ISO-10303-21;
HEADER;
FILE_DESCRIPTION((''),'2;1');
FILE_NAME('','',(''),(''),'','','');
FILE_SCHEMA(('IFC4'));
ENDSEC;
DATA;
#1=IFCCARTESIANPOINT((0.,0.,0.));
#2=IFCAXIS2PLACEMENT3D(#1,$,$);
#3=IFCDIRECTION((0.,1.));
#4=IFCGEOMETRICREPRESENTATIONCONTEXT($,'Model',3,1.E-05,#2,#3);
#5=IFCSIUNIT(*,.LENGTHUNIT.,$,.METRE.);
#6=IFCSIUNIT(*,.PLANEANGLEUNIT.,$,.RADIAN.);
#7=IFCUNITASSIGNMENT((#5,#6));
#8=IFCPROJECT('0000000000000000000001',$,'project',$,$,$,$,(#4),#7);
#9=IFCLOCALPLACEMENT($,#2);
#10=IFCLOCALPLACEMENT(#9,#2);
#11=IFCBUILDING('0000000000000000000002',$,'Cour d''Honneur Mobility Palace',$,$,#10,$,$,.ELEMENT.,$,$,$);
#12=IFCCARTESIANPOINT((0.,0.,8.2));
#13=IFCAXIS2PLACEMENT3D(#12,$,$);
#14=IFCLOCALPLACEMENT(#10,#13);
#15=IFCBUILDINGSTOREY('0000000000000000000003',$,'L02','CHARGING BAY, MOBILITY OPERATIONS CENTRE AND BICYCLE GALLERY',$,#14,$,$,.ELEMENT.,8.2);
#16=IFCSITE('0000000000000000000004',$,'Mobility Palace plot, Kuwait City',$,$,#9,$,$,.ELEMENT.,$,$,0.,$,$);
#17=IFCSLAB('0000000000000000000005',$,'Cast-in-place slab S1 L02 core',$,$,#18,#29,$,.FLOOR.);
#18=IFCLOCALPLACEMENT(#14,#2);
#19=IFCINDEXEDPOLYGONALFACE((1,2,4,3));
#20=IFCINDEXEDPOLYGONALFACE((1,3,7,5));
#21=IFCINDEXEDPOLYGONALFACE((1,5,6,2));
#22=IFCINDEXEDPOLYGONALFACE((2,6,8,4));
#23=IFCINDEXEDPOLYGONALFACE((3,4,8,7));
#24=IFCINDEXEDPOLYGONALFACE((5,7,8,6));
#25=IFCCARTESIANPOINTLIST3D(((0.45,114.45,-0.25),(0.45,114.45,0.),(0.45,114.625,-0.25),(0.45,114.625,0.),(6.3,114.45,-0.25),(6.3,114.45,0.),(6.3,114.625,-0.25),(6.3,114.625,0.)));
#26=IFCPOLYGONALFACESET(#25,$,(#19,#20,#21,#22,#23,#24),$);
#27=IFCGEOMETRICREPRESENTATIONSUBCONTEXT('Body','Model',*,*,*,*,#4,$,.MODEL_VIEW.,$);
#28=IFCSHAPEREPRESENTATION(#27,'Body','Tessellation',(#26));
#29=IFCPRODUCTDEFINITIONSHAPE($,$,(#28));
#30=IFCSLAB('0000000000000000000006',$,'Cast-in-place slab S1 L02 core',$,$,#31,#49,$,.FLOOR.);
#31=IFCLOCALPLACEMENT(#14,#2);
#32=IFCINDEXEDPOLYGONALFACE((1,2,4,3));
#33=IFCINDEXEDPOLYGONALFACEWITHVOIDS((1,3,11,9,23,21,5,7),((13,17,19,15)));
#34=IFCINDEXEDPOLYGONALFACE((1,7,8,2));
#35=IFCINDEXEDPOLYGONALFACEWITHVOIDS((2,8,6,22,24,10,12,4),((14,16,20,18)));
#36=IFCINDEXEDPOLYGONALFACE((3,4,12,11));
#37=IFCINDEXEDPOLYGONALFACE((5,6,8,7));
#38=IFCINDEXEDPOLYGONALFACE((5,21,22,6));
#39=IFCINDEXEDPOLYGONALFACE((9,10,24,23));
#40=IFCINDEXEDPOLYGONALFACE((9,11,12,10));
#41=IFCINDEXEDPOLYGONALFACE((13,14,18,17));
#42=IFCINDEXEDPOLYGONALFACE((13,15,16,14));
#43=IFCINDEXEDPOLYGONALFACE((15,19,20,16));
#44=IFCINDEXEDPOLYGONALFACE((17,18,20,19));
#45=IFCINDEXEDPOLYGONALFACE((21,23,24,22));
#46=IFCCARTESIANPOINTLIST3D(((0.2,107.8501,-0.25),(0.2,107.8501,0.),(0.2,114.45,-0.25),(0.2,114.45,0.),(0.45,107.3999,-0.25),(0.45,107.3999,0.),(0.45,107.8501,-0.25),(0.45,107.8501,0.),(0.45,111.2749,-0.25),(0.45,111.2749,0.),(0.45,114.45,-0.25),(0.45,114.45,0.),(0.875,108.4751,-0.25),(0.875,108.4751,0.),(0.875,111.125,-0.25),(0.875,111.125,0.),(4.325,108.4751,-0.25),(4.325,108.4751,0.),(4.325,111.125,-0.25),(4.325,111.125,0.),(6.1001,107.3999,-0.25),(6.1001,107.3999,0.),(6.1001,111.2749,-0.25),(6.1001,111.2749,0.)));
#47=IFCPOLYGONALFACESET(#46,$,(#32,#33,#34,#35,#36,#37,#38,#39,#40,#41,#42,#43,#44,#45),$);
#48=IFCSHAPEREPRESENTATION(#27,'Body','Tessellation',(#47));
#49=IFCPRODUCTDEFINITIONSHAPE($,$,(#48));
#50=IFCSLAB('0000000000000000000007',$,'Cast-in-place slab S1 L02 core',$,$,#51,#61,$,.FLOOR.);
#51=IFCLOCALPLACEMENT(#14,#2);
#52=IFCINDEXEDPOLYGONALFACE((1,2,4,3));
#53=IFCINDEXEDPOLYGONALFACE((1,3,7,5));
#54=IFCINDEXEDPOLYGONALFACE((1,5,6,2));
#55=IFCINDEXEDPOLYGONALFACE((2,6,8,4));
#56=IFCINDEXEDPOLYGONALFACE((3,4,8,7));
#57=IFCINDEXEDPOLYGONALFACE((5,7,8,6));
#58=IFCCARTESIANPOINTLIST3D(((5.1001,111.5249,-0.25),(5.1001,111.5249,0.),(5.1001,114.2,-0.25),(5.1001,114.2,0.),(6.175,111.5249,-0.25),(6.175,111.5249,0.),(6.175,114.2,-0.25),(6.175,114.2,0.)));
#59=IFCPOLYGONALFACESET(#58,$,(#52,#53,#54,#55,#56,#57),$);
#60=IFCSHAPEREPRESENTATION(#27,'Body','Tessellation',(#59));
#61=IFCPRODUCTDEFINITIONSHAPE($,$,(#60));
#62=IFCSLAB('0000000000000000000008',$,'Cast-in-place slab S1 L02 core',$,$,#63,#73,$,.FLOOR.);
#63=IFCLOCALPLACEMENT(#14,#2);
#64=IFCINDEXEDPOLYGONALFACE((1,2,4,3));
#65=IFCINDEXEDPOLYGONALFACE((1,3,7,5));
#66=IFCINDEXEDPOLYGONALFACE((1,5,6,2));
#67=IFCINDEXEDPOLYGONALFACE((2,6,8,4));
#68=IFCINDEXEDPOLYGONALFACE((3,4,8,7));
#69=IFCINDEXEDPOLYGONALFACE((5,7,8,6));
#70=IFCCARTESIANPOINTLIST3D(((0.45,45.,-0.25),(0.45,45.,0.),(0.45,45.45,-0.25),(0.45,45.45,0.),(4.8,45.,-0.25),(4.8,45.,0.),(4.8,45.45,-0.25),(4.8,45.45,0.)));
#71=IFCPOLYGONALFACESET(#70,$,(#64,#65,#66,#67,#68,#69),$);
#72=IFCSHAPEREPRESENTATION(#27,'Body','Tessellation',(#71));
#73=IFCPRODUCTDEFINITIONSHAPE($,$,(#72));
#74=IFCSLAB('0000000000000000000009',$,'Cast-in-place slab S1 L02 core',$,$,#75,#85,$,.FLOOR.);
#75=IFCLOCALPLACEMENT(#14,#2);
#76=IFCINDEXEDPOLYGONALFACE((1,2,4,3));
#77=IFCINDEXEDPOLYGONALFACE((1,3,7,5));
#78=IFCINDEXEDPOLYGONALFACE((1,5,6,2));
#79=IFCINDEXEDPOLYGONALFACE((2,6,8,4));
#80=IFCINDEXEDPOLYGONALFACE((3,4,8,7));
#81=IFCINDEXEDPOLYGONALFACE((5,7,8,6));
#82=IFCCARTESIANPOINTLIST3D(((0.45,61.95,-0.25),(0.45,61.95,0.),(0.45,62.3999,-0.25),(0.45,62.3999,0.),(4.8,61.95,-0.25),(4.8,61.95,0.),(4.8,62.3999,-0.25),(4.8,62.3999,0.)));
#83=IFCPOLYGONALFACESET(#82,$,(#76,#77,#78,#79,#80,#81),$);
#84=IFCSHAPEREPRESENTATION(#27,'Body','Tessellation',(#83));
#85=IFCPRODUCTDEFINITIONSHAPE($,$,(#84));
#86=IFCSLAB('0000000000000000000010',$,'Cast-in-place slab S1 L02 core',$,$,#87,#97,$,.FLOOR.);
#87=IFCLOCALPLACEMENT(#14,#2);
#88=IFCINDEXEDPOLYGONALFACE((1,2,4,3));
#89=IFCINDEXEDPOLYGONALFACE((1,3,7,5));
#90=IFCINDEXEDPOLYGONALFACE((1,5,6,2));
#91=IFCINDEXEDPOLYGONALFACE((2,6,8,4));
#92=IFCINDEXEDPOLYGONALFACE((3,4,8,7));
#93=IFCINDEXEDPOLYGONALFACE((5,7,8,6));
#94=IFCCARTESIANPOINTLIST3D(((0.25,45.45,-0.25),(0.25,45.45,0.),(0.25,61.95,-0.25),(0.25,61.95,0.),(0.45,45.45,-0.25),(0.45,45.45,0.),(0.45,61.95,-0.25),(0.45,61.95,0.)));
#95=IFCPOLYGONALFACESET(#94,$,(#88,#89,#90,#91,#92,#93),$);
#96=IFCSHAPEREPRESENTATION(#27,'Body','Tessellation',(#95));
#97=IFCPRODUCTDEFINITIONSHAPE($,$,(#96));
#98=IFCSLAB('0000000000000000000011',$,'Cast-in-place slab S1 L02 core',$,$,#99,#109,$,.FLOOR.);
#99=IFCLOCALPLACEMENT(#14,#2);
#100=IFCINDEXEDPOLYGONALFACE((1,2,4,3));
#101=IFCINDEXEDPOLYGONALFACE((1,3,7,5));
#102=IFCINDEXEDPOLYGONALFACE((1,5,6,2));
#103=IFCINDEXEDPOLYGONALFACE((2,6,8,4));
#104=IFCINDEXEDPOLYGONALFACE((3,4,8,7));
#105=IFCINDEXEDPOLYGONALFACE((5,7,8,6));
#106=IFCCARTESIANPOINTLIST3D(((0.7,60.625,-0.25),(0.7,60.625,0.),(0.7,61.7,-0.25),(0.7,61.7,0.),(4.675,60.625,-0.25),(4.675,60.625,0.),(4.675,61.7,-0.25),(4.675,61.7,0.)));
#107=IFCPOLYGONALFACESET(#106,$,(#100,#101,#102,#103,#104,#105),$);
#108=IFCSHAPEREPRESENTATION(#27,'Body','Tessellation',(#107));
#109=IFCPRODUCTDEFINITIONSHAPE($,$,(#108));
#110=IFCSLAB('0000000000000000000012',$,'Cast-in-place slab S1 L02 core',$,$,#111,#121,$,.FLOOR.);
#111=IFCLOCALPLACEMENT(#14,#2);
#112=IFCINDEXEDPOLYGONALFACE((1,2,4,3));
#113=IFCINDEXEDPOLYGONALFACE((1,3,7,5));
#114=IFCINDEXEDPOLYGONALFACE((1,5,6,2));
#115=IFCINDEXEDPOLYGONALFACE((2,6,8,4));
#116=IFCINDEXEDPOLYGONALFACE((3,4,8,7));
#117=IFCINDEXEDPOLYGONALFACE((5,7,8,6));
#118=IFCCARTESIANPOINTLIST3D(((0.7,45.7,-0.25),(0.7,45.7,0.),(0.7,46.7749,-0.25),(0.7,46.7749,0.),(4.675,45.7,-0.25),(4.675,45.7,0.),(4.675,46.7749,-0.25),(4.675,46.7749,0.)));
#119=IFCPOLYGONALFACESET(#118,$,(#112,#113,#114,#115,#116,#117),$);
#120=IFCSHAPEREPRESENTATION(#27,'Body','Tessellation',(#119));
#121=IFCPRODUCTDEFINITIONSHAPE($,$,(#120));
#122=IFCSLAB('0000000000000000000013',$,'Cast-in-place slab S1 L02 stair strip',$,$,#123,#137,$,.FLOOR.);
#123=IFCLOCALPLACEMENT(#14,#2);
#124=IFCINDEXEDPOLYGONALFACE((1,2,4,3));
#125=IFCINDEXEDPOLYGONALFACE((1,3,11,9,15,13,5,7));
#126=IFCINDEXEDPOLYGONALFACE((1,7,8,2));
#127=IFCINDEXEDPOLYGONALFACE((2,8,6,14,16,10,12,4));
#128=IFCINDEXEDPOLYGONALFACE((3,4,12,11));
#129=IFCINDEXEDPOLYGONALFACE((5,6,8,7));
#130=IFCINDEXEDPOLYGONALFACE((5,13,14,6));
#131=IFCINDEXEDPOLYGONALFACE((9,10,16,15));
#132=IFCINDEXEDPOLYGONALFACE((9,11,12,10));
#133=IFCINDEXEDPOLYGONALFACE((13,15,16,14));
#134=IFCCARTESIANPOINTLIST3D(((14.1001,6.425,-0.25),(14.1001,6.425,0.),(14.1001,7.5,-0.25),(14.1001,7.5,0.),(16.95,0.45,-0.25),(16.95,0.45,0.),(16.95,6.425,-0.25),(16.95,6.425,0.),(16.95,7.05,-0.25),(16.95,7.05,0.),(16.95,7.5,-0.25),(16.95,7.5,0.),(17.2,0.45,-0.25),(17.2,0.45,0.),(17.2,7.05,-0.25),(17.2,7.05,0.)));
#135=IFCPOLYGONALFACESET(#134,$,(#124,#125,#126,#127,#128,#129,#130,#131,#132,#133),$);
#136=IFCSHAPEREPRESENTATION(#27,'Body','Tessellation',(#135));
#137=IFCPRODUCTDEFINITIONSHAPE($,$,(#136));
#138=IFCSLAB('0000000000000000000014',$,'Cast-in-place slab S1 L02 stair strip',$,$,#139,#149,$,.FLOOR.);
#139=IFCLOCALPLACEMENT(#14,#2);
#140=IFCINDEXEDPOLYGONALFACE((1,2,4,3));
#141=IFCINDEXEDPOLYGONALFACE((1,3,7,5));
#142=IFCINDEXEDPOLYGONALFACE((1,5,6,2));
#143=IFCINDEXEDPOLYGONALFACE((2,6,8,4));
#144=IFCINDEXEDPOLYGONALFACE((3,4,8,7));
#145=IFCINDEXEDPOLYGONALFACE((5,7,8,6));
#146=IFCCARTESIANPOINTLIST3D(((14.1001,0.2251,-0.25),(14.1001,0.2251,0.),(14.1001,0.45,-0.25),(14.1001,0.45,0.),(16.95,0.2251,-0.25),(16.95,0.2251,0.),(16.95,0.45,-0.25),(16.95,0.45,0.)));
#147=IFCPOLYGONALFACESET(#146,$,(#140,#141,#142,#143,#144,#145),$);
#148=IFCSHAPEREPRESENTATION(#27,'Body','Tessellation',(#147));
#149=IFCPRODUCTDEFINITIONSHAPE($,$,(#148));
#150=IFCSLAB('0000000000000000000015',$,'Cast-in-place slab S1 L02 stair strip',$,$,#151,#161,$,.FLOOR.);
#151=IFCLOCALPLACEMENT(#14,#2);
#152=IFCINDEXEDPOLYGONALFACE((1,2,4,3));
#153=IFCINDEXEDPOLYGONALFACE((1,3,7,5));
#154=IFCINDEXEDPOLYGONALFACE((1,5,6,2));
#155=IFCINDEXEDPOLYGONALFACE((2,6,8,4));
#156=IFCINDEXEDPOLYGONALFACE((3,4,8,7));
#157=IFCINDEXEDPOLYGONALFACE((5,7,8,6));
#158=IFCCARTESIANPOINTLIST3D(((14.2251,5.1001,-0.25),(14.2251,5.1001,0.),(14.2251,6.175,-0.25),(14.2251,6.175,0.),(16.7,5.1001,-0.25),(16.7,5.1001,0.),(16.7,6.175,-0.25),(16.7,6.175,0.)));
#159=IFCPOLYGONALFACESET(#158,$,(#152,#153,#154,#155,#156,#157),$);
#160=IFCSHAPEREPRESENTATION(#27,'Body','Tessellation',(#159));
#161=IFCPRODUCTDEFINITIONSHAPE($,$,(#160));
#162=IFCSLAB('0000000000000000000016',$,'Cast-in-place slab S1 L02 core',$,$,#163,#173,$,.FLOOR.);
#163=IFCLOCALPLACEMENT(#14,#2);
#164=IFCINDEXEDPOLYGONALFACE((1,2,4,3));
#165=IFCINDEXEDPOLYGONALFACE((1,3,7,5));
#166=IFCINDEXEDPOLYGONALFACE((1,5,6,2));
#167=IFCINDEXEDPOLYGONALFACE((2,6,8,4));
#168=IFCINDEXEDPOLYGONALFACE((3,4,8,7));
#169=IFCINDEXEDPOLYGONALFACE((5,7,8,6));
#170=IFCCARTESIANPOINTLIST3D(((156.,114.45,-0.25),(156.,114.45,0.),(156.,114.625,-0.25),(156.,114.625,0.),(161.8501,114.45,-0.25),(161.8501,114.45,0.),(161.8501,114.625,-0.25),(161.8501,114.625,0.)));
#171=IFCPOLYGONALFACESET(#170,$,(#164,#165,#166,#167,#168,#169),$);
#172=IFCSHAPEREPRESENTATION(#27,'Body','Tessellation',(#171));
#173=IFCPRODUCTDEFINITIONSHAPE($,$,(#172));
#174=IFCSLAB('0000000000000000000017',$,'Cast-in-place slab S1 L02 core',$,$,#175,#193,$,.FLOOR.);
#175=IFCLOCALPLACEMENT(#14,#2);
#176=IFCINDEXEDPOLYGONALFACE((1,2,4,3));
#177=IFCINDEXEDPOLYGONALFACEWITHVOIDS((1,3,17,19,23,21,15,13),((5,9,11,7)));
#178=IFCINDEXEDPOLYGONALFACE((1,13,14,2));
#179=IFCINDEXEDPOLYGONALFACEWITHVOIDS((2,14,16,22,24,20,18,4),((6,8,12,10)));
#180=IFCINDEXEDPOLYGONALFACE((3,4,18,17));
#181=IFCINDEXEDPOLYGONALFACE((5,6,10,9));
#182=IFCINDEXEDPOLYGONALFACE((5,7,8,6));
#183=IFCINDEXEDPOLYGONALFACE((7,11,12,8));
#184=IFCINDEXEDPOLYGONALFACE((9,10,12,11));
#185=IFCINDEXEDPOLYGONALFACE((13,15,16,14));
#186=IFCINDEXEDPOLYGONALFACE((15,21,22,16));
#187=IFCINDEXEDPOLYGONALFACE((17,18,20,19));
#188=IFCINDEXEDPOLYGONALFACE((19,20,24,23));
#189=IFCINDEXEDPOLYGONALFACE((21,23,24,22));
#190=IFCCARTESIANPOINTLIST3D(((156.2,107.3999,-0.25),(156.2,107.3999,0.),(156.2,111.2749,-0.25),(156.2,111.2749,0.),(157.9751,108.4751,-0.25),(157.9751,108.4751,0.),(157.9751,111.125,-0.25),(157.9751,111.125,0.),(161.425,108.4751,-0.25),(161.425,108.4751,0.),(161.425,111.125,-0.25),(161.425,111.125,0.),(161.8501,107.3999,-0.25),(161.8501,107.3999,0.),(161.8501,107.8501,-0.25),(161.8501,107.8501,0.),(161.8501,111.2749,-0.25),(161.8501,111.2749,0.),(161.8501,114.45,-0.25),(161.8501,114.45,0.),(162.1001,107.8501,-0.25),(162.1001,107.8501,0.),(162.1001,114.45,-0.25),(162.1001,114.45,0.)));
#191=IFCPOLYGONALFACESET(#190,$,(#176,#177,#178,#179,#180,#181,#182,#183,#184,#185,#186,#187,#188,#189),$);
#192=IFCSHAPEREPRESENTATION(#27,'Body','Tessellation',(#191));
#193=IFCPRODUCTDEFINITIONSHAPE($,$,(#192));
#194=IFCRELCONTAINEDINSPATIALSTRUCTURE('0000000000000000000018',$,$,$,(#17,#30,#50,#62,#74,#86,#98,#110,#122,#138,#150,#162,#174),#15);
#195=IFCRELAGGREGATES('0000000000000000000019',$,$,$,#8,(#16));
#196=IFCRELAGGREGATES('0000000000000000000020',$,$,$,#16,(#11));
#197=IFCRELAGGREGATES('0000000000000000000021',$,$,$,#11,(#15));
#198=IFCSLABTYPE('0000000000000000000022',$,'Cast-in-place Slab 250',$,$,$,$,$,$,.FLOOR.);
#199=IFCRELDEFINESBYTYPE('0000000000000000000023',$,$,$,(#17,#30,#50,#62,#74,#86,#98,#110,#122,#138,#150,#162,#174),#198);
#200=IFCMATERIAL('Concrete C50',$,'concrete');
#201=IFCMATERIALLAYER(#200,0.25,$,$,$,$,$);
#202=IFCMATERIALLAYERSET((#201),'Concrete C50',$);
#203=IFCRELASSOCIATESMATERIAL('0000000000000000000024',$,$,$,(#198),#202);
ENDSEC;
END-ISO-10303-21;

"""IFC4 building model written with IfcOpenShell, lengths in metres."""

from ifc_helpers import new_model, si_unit, direction, frame, origin, place, context, subcontext, project, spatial, polyline, outline, extrude, material, layer, layer_set, type_object, element, save


model = new_model("IFC4")

# Units and contexts
model_context = context("Model", 3, precision=1e-05, world=origin(), true_north=direction((0.0, 1.0)))
body_context = subcontext(model_context, "Body", "Model", "MODEL_VIEW")
ifc_project = project(units=[si_unit("LENGTHUNIT", "METRE"), si_unit("PLANEANGLEUNIT", "RADIAN")], contexts=[model_context])

# Site, building, storey
site_placement = place(None, origin())
site = spatial("IfcSite", under=ifc_project, at=site_placement, Name="Mobility Palace plot, Kuwait City", CompositionType="ELEMENT", RefElevation=0.0)
building_placement = place(site_placement, origin())
building = spatial("IfcBuilding", under=site, at=building_placement, Name="Cour d'Honneur Mobility Palace", CompositionType="ELEMENT")
storey_placement = place(building_placement, frame((0.0, 0.0, 8.2)))
storey = spatial("IfcBuildingStorey", under=building, at=storey_placement, Name="L02", Description="CHARGING BAY, MOBILITY OPERATIONS CENTRE AND BICYCLE GALLERY", CompositionType="ELEMENT", Elevation=8.2)

# Slabs
ifc_material_1 = material(Name="Concrete C50", Category="concrete")
ifc_layer_1 = layer(ifc_material_1, 0.25)
ifc_layer_set_1 = layer_set([ifc_layer_1], Name="Concrete C50")
slab_type_1 = type_object("IfcSlabType", Name="Cast-in-place Slab 250", PredefinedType="FLOOR", material=ifc_layer_set_1)
slab_1_placement = place(storey_placement, frame((0.0, 0.0, -0.25)))
element("IfcSlab", 1, at=slab_1_placement, inside=storey, type_object=slab_type_1, Name="Cast-in-place slab S1 L02 core", PredefinedType="FLOOR", context=body_context, shape_type="SweptSolid", body=[
    extrude(outline(polyline([(0.45, 114.625), (6.3, 114.625), (6.3, 114.45), (0.45, 114.45), (0.45, 114.625)])), origin(), (0.0, 0.0, 1.0), 0.25),
])
slab_2_placement = place(storey_placement, frame((0.0, 0.0, -0.25)))
element("IfcSlab", 2, at=slab_2_placement, inside=storey, type_object=slab_type_1, Name="Cast-in-place slab S1 L02 core", PredefinedType="FLOOR", context=body_context, shape_type="SweptSolid", body=[
    extrude(outline(polyline([(0.2, 107.8501), (0.2, 114.45), (0.45, 114.45), (0.45, 111.2749), (6.1001, 111.2749), (6.1001, 107.3999), (0.45, 107.3999), (0.45, 107.8501), (0.2, 107.8501)]), holes=[polyline([(0.875, 111.125), (0.875, 108.4751), (4.325, 108.4751), (4.325, 111.125), (0.875, 111.125)])]), origin(), (0.0, 0.0, 1.0), 0.25),
])
slab_3_placement = place(storey_placement, frame((0.0, 0.0, -0.25)))
element("IfcSlab", 3, at=slab_3_placement, inside=storey, type_object=slab_type_1, Name="Cast-in-place slab S1 L02 core", PredefinedType="FLOOR", context=body_context, shape_type="SweptSolid", body=[
    extrude(outline(polyline([(6.175, 111.5249), (5.1001, 111.5249), (5.1001, 114.2), (6.175, 114.2), (6.175, 111.5249)])), origin(), (0.0, 0.0, 1.0), 0.25),
])
slab_4_placement = place(storey_placement, frame((0.0, 0.0, -0.25)))
element("IfcSlab", 4, at=slab_4_placement, inside=storey, type_object=slab_type_1, Name="Cast-in-place slab S1 L02 core", PredefinedType="FLOOR", context=body_context, shape_type="SweptSolid", body=[
    extrude(outline(polyline([(0.45, 45.45), (4.8, 45.45), (4.8, 45.0), (0.45, 45.0), (0.45, 45.45)])), origin(), (0.0, 0.0, 1.0), 0.25),
])
slab_5_placement = place(storey_placement, frame((0.0, 0.0, -0.25)))
element("IfcSlab", 5, at=slab_5_placement, inside=storey, type_object=slab_type_1, Name="Cast-in-place slab S1 L02 core", PredefinedType="FLOOR", context=body_context, shape_type="SweptSolid", body=[
    extrude(outline(polyline([(0.45, 61.95), (0.45, 62.3999), (4.8, 62.3999), (4.8, 61.95), (0.45, 61.95)])), origin(), (0.0, 0.0, 1.0), 0.25),
])
slab_6_placement = place(storey_placement, frame((0.0, 0.0, -0.25)))
element("IfcSlab", 6, at=slab_6_placement, inside=storey, type_object=slab_type_1, Name="Cast-in-place slab S1 L02 core", PredefinedType="FLOOR", context=body_context, shape_type="SweptSolid", body=[
    extrude(outline(polyline([(0.45, 61.95), (0.45, 45.45), (0.25, 45.45), (0.25, 61.95), (0.45, 61.95)])), origin(), (0.0, 0.0, 1.0), 0.25),
])
slab_7_placement = place(storey_placement, frame((0.0, 0.0, -0.25)))
element("IfcSlab", 7, at=slab_7_placement, inside=storey, type_object=slab_type_1, Name="Cast-in-place slab S1 L02 core", PredefinedType="FLOOR", context=body_context, shape_type="SweptSolid", body=[
    extrude(outline(polyline([(4.675, 60.625), (0.7, 60.625), (0.7, 61.7), (4.675, 61.7), (4.675, 60.625)])), origin(), (0.0, 0.0, 1.0), 0.25),
])
slab_8_placement = place(storey_placement, frame((0.0, 0.0, -0.25)))
element("IfcSlab", 8, at=slab_8_placement, inside=storey, type_object=slab_type_1, Name="Cast-in-place slab S1 L02 core", PredefinedType="FLOOR", context=body_context, shape_type="SweptSolid", body=[
    extrude(outline(polyline([(0.7, 45.7), (0.7, 46.7749), (4.675, 46.7749), (4.675, 45.7), (0.7, 45.7)])), origin(), (0.0, 0.0, 1.0), 0.25),
])
slab_9_placement = place(storey_placement, frame((0.0, 0.0, -0.25)))
element("IfcSlab", 9, at=slab_9_placement, inside=storey, type_object=slab_type_1, Name="Cast-in-place slab S1 L02 stair strip", PredefinedType="FLOOR", context=body_context, shape_type="SweptSolid", body=[
    extrude(outline(polyline([(16.95, 7.05), (17.2, 7.05), (17.2, 0.45), (16.95, 0.45), (16.95, 6.425), (14.1001, 6.425), (14.1001, 7.5), (16.95, 7.5), (16.95, 7.05)])), origin(), (0.0, 0.0, 1.0), 0.25),
])
slab_10_placement = place(storey_placement, frame((0.0, 0.0, -0.25)))
element("IfcSlab", 10, at=slab_10_placement, inside=storey, type_object=slab_type_1, Name="Cast-in-place slab S1 L02 stair strip", PredefinedType="FLOOR", context=body_context, shape_type="SweptSolid", body=[
    extrude(outline(polyline([(16.95, 0.2251), (14.1001, 0.2251), (14.1001, 0.45), (16.95, 0.45), (16.95, 0.2251)])), origin(), (0.0, 0.0, 1.0), 0.25),
])
slab_11_placement = place(storey_placement, frame((0.0, 0.0, -0.25)))
element("IfcSlab", 11, at=slab_11_placement, inside=storey, type_object=slab_type_1, Name="Cast-in-place slab S1 L02 stair strip", PredefinedType="FLOOR", context=body_context, shape_type="SweptSolid", body=[
    extrude(outline(polyline([(14.2251, 5.1001), (14.2251, 6.175), (16.7, 6.175), (16.7, 5.1001), (14.2251, 5.1001)])), origin(), (0.0, 0.0, 1.0), 0.25),
])
slab_12_placement = place(storey_placement, frame((0.0, 0.0, -0.25)))
element("IfcSlab", 12, at=slab_12_placement, inside=storey, type_object=slab_type_1, Name="Cast-in-place slab S1 L02 core", PredefinedType="FLOOR", context=body_context, shape_type="SweptSolid", body=[
    extrude(outline(polyline([(161.8501, 114.45), (156.0, 114.45), (156.0, 114.625), (161.8501, 114.625), (161.8501, 114.45)])), origin(), (0.0, 0.0, 1.0), 0.25),
])
slab_13_placement = place(storey_placement, frame((0.0, 0.0, -0.25)))
element("IfcSlab", 13, at=slab_13_placement, inside=storey, type_object=slab_type_1, Name="Cast-in-place slab S1 L02 core", PredefinedType="FLOOR", context=body_context, shape_type="SweptSolid", body=[
    extrude(outline(polyline([(162.1001, 114.45), (162.1001, 107.8501), (161.8501, 107.8501), (161.8501, 107.3999), (156.2, 107.3999), (156.2, 111.2749), (161.8501, 111.2749), (161.8501, 114.45), (162.1001, 114.45)]), holes=[polyline([(161.425, 111.125), (157.9751, 111.125), (157.9751, 108.4751), (161.425, 108.4751), (161.425, 111.125)])]), origin(), (0.0, 0.0, 1.0), 0.25),
])

save(model, "model.ifc")
